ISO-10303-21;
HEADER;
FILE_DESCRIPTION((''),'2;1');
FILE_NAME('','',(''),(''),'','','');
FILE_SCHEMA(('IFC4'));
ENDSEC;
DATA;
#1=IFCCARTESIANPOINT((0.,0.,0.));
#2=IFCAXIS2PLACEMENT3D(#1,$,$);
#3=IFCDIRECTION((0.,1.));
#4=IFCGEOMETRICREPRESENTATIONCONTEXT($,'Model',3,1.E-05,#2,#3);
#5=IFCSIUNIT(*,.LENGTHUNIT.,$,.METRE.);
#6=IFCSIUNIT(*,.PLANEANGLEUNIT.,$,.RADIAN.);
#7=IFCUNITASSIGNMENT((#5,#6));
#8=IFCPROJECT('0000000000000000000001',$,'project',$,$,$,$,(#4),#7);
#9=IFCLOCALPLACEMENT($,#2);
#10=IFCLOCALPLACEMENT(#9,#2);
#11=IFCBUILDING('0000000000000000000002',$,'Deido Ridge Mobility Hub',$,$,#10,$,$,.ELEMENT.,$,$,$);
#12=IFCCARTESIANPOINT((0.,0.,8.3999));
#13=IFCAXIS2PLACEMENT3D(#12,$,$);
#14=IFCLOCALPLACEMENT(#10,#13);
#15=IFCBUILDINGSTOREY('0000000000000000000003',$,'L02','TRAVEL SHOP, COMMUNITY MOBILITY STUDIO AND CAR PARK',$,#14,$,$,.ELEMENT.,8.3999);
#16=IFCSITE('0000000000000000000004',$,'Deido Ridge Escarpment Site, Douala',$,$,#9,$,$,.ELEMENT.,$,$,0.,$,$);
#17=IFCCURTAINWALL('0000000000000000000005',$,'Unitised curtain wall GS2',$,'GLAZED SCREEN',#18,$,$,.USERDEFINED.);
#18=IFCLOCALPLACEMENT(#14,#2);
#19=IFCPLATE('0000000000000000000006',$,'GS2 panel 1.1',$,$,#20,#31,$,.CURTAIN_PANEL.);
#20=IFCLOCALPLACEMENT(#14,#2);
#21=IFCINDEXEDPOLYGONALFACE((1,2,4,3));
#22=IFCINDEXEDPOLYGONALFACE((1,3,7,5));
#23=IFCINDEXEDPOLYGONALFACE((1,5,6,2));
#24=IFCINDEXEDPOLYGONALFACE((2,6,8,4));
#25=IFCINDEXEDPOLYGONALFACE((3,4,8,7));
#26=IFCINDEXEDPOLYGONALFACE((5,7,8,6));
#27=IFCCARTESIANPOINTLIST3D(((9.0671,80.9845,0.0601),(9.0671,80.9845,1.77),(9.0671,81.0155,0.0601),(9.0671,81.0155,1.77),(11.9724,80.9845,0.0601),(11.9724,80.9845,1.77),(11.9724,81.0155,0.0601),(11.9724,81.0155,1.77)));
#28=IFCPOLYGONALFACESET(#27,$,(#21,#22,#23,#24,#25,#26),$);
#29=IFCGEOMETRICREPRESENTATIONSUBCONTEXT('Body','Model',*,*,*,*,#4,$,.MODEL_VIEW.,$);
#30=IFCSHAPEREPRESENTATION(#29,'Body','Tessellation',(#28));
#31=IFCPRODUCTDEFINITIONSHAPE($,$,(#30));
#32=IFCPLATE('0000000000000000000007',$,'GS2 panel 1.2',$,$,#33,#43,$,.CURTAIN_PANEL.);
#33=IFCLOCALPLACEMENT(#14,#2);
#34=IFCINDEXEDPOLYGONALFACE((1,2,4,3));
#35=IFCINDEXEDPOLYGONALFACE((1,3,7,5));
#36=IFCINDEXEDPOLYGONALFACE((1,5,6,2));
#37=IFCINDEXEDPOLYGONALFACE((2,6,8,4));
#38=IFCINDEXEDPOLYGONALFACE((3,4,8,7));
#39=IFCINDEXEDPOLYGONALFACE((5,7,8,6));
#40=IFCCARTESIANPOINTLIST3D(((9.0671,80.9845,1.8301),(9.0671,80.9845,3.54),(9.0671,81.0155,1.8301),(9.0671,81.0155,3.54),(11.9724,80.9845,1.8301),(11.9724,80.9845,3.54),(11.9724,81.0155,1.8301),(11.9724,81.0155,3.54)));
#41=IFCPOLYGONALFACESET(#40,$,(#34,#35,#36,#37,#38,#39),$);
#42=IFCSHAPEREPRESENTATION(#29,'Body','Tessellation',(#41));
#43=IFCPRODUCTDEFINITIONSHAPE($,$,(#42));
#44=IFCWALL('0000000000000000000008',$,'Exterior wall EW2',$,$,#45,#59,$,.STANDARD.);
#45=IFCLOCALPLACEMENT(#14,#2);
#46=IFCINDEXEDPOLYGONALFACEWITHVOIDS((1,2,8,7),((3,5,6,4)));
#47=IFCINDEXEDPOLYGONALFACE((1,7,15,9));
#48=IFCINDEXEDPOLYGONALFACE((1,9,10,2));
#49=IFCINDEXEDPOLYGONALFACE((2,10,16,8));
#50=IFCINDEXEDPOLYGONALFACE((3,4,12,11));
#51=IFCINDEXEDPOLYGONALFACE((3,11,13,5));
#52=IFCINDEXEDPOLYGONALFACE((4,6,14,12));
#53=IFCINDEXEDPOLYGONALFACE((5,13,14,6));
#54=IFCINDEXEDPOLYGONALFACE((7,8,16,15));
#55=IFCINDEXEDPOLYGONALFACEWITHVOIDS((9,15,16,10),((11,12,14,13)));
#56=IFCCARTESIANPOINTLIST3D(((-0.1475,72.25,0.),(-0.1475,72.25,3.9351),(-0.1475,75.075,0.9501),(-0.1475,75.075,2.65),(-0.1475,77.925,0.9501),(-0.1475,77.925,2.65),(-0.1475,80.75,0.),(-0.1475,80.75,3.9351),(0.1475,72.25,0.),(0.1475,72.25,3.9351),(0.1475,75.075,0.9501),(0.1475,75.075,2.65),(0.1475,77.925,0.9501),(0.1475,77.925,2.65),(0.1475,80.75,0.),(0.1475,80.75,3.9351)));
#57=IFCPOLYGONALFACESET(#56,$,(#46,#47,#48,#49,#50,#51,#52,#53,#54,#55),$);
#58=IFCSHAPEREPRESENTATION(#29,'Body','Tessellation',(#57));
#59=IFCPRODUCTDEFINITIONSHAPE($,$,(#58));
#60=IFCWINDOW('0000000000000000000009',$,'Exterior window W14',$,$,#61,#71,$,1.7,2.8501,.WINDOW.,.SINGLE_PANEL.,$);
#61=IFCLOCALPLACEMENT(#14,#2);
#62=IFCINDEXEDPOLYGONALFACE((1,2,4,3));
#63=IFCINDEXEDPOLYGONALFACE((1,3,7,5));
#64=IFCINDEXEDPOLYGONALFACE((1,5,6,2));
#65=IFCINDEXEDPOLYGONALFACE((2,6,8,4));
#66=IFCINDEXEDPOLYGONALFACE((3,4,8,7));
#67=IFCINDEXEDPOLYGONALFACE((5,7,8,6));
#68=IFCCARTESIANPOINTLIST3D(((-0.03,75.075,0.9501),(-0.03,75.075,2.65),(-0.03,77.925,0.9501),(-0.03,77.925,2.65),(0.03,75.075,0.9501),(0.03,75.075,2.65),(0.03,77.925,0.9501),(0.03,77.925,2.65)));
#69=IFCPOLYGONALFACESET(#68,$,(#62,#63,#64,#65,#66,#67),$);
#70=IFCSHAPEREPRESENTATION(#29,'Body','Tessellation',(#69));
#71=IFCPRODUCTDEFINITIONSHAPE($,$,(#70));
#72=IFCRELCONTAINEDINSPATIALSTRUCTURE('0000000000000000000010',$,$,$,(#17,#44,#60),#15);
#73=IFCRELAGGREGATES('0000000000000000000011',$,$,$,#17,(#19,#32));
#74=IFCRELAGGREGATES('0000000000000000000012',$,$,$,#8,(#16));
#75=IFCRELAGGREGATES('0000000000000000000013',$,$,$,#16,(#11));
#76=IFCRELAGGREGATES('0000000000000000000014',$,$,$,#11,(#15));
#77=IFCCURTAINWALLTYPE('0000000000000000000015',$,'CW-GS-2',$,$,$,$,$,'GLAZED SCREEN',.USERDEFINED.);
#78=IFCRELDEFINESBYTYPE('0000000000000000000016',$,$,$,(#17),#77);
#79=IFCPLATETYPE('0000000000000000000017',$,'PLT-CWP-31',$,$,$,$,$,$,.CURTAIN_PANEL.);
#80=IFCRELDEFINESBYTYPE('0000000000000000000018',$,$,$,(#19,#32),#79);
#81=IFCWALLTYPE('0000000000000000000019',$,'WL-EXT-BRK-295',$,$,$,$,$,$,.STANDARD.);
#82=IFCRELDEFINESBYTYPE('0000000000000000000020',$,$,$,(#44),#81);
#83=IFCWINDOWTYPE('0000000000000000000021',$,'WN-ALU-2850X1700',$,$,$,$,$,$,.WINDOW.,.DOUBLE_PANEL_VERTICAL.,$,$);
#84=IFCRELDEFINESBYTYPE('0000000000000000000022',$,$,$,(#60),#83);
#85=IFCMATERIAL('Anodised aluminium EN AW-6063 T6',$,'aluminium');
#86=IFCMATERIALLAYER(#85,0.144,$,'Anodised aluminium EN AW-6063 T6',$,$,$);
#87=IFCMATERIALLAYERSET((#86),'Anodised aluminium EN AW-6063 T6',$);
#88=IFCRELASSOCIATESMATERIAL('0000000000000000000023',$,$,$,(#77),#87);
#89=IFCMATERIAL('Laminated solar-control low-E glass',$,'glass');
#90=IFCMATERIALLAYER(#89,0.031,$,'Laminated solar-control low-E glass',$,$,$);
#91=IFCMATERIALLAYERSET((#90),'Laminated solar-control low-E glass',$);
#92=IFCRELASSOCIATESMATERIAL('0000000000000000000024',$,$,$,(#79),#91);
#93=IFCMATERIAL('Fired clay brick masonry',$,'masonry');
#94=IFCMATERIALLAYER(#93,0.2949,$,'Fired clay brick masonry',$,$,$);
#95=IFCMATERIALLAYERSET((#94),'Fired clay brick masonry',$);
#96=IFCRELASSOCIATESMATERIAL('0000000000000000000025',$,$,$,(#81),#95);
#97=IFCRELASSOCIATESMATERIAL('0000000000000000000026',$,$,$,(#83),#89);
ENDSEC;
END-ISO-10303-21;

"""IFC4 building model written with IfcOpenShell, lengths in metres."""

from ifc_helpers import new_model, si_unit, direction, frame, frame_2d, origin, origin_2d, place, context, subcontext, project, spatial, rectangle, extrude, material, layer, layer_set, type_object, element, fill, aggregate, save


model = new_model("IFC4")

# Units and contexts
model_context = context("Model", 3, precision=1e-05, world=origin(), true_north=direction((0.0, 1.0)))
body_context = subcontext(model_context, "Body", "Model", "MODEL_VIEW")
ifc_project = project(units=[si_unit("LENGTHUNIT", "METRE"), si_unit("PLANEANGLEUNIT", "RADIAN")], contexts=[model_context])

# Site, building, storey
site_placement = place(None, origin())
site = spatial("IfcSite", under=ifc_project, at=site_placement, Name="Deido Ridge Escarpment Site, Douala", CompositionType="ELEMENT", RefElevation=0.0)
building_placement = place(site_placement, origin())
building = spatial("IfcBuilding", under=site, at=building_placement, Name="Deido Ridge Mobility Hub", CompositionType="ELEMENT")
storey_placement = place(building_placement, frame((0.0, 0.0, 8.3999)))
storey = spatial("IfcBuildingStorey", under=building, at=storey_placement, Name="L02", Description="TRAVEL SHOP, COMMUNITY MOBILITY STUDIO AND CAR PARK", CompositionType="ELEMENT", Elevation=8.3999)

# Shared definitions
ifc_material_1 = material(Name="Anodised aluminium EN AW-6063 T6", Category="aluminium")

# Curtain wall
ifc_layer_1 = layer(ifc_material_1, 0.144, Name="Anodised aluminium EN AW-6063 T6")
ifc_layer_set_1 = layer_set([ifc_layer_1], Name="Anodised aluminium EN AW-6063 T6")
curtain_wall_type_1 = type_object("IfcCurtainWallType", Name="CW-GS-2", ElementType="GLAZED SCREEN", PredefinedType="USERDEFINED", material=ifc_layer_set_1)
curtain_wall_1_placement = place(storey_placement, origin())
curtain_wall_1 = element("IfcCurtainWall", 1, at=curtain_wall_1_placement, inside=storey, type_object=curtain_wall_type_1, Name="Unitised curtain wall GS2", ObjectType="GLAZED SCREEN", PredefinedType="USERDEFINED")

# Plates
ifc_material_2 = material(Name="Laminated solar-control low-E glass", Category="glass")
ifc_layer_2 = layer(ifc_material_2, 0.031, Name="Laminated solar-control low-E glass")
ifc_layer_set_2 = layer_set([ifc_layer_2], Name="Laminated solar-control low-E glass")
plate_type_1 = type_object("IfcPlateType", Name="PLT-CWP-31", PredefinedType="CURTAIN_PANEL", material=ifc_layer_set_2)
plate_1_placement = place(storey_placement, frame((10.5198, 81.0, 0.0601), z_axis=(0.0, 0.0, 1.0), x_axis=(1.0, 0.0, 0.0)))
plate_1 = element("IfcPlate", 2, at=plate_1_placement, type_object=plate_type_1, Name="GS2 panel 1.1", PredefinedType="CURTAIN_PANEL", context=body_context, shape_type="SweptSolid", body=[
    extrude(rectangle(XDim=2.9053, YDim=0.031, at=origin_2d()), origin(), (0.0, 0.0, 1.0), 1.71),
])
plate_2_placement = place(storey_placement, frame((10.5198, 81.0, 1.8301), z_axis=(0.0, 0.0, 1.0), x_axis=(1.0, 0.0, 0.0)))
plate_2 = element("IfcPlate", 3, at=plate_2_placement, type_object=plate_type_1, Name="GS2 panel 1.2", PredefinedType="CURTAIN_PANEL", context=body_context, shape_type="SweptSolid", body=[
    extrude(rectangle(XDim=2.9053, YDim=0.031, at=origin_2d()), origin(), (0.0, 0.0, 1.0), 1.71),
])
aggregate(curtain_wall_1, [plate_1, plate_2])

# Wall, opening, window
ifc_material_3 = material(Name="Fired clay brick masonry", Category="masonry")
ifc_layer_3 = layer(ifc_material_3, 0.2949, Name="Fired clay brick masonry")
ifc_layer_set_3 = layer_set([ifc_layer_3], Name="Fired clay brick masonry")
wall_type = type_object("IfcWallType", Name="WL-EXT-BRK-295", PredefinedType="STANDARD", material=ifc_layer_set_3)
wall_placement = place(storey_placement, frame((0.0, 72.25, 0.0), z_axis=(0.0, 0.0, 1.0), x_axis=(0.0, 1.0, 0.0)))
wall = element("IfcWall", 4, at=wall_placement, inside=storey, type_object=wall_type, Name="Exterior wall EW2", PredefinedType="STANDARD", context=body_context, shape_type="SweptSolid", body=[
    extrude(rectangle(XDim=8.5, YDim=0.2949, at=frame_2d((4.25, 0.0))), origin(), (0.0, 0.0, 1.0), 3.9351),
])
opening_placement = place(wall_placement, frame((2.825, 0.0, 0.95)))
opening = element("IfcOpeningElement", 5, at=opening_placement, cuts=wall, PredefinedType="OPENING", context=body_context, shape_type="SweptSolid", body=[
    extrude(rectangle(XDim=2.8501, YDim=1.7, at=frame_2d((1.425, 0.8501))), frame((0.0, 0.1575, 0.0), z_axis=(0.0, -1.0, 0.0), x_axis=(1.0, 0.0, 0.0)), (0.0, 0.0, 1.0), 0.3149),
])
window_type = type_object("IfcWindowType", Name="WN-ALU-2850X1700", PartitioningType="DOUBLE_PANEL_VERTICAL", PredefinedType="WINDOW", material=ifc_material_2)
window_placement = place(opening_placement, origin())
window = element("IfcWindow", 6, at=window_placement, inside=storey, type_object=window_type, Name="Exterior window W14", OverallHeight=1.7, OverallWidth=2.8501, PartitioningType="SINGLE_PANEL", PredefinedType="WINDOW", context=body_context, shape_type="SweptSolid", body=[
    extrude(rectangle(XDim=2.8501, YDim=1.7, at=frame_2d((1.425, 0.8501))), frame((0.0, 0.03, 0.0), z_axis=(0.0, -1.0, 0.0), x_axis=(1.0, 0.0, 0.0)), (0.0, 0.0, 1.0), 0.0601),
])
fill(opening, window)

save(model, "model.ifc")
